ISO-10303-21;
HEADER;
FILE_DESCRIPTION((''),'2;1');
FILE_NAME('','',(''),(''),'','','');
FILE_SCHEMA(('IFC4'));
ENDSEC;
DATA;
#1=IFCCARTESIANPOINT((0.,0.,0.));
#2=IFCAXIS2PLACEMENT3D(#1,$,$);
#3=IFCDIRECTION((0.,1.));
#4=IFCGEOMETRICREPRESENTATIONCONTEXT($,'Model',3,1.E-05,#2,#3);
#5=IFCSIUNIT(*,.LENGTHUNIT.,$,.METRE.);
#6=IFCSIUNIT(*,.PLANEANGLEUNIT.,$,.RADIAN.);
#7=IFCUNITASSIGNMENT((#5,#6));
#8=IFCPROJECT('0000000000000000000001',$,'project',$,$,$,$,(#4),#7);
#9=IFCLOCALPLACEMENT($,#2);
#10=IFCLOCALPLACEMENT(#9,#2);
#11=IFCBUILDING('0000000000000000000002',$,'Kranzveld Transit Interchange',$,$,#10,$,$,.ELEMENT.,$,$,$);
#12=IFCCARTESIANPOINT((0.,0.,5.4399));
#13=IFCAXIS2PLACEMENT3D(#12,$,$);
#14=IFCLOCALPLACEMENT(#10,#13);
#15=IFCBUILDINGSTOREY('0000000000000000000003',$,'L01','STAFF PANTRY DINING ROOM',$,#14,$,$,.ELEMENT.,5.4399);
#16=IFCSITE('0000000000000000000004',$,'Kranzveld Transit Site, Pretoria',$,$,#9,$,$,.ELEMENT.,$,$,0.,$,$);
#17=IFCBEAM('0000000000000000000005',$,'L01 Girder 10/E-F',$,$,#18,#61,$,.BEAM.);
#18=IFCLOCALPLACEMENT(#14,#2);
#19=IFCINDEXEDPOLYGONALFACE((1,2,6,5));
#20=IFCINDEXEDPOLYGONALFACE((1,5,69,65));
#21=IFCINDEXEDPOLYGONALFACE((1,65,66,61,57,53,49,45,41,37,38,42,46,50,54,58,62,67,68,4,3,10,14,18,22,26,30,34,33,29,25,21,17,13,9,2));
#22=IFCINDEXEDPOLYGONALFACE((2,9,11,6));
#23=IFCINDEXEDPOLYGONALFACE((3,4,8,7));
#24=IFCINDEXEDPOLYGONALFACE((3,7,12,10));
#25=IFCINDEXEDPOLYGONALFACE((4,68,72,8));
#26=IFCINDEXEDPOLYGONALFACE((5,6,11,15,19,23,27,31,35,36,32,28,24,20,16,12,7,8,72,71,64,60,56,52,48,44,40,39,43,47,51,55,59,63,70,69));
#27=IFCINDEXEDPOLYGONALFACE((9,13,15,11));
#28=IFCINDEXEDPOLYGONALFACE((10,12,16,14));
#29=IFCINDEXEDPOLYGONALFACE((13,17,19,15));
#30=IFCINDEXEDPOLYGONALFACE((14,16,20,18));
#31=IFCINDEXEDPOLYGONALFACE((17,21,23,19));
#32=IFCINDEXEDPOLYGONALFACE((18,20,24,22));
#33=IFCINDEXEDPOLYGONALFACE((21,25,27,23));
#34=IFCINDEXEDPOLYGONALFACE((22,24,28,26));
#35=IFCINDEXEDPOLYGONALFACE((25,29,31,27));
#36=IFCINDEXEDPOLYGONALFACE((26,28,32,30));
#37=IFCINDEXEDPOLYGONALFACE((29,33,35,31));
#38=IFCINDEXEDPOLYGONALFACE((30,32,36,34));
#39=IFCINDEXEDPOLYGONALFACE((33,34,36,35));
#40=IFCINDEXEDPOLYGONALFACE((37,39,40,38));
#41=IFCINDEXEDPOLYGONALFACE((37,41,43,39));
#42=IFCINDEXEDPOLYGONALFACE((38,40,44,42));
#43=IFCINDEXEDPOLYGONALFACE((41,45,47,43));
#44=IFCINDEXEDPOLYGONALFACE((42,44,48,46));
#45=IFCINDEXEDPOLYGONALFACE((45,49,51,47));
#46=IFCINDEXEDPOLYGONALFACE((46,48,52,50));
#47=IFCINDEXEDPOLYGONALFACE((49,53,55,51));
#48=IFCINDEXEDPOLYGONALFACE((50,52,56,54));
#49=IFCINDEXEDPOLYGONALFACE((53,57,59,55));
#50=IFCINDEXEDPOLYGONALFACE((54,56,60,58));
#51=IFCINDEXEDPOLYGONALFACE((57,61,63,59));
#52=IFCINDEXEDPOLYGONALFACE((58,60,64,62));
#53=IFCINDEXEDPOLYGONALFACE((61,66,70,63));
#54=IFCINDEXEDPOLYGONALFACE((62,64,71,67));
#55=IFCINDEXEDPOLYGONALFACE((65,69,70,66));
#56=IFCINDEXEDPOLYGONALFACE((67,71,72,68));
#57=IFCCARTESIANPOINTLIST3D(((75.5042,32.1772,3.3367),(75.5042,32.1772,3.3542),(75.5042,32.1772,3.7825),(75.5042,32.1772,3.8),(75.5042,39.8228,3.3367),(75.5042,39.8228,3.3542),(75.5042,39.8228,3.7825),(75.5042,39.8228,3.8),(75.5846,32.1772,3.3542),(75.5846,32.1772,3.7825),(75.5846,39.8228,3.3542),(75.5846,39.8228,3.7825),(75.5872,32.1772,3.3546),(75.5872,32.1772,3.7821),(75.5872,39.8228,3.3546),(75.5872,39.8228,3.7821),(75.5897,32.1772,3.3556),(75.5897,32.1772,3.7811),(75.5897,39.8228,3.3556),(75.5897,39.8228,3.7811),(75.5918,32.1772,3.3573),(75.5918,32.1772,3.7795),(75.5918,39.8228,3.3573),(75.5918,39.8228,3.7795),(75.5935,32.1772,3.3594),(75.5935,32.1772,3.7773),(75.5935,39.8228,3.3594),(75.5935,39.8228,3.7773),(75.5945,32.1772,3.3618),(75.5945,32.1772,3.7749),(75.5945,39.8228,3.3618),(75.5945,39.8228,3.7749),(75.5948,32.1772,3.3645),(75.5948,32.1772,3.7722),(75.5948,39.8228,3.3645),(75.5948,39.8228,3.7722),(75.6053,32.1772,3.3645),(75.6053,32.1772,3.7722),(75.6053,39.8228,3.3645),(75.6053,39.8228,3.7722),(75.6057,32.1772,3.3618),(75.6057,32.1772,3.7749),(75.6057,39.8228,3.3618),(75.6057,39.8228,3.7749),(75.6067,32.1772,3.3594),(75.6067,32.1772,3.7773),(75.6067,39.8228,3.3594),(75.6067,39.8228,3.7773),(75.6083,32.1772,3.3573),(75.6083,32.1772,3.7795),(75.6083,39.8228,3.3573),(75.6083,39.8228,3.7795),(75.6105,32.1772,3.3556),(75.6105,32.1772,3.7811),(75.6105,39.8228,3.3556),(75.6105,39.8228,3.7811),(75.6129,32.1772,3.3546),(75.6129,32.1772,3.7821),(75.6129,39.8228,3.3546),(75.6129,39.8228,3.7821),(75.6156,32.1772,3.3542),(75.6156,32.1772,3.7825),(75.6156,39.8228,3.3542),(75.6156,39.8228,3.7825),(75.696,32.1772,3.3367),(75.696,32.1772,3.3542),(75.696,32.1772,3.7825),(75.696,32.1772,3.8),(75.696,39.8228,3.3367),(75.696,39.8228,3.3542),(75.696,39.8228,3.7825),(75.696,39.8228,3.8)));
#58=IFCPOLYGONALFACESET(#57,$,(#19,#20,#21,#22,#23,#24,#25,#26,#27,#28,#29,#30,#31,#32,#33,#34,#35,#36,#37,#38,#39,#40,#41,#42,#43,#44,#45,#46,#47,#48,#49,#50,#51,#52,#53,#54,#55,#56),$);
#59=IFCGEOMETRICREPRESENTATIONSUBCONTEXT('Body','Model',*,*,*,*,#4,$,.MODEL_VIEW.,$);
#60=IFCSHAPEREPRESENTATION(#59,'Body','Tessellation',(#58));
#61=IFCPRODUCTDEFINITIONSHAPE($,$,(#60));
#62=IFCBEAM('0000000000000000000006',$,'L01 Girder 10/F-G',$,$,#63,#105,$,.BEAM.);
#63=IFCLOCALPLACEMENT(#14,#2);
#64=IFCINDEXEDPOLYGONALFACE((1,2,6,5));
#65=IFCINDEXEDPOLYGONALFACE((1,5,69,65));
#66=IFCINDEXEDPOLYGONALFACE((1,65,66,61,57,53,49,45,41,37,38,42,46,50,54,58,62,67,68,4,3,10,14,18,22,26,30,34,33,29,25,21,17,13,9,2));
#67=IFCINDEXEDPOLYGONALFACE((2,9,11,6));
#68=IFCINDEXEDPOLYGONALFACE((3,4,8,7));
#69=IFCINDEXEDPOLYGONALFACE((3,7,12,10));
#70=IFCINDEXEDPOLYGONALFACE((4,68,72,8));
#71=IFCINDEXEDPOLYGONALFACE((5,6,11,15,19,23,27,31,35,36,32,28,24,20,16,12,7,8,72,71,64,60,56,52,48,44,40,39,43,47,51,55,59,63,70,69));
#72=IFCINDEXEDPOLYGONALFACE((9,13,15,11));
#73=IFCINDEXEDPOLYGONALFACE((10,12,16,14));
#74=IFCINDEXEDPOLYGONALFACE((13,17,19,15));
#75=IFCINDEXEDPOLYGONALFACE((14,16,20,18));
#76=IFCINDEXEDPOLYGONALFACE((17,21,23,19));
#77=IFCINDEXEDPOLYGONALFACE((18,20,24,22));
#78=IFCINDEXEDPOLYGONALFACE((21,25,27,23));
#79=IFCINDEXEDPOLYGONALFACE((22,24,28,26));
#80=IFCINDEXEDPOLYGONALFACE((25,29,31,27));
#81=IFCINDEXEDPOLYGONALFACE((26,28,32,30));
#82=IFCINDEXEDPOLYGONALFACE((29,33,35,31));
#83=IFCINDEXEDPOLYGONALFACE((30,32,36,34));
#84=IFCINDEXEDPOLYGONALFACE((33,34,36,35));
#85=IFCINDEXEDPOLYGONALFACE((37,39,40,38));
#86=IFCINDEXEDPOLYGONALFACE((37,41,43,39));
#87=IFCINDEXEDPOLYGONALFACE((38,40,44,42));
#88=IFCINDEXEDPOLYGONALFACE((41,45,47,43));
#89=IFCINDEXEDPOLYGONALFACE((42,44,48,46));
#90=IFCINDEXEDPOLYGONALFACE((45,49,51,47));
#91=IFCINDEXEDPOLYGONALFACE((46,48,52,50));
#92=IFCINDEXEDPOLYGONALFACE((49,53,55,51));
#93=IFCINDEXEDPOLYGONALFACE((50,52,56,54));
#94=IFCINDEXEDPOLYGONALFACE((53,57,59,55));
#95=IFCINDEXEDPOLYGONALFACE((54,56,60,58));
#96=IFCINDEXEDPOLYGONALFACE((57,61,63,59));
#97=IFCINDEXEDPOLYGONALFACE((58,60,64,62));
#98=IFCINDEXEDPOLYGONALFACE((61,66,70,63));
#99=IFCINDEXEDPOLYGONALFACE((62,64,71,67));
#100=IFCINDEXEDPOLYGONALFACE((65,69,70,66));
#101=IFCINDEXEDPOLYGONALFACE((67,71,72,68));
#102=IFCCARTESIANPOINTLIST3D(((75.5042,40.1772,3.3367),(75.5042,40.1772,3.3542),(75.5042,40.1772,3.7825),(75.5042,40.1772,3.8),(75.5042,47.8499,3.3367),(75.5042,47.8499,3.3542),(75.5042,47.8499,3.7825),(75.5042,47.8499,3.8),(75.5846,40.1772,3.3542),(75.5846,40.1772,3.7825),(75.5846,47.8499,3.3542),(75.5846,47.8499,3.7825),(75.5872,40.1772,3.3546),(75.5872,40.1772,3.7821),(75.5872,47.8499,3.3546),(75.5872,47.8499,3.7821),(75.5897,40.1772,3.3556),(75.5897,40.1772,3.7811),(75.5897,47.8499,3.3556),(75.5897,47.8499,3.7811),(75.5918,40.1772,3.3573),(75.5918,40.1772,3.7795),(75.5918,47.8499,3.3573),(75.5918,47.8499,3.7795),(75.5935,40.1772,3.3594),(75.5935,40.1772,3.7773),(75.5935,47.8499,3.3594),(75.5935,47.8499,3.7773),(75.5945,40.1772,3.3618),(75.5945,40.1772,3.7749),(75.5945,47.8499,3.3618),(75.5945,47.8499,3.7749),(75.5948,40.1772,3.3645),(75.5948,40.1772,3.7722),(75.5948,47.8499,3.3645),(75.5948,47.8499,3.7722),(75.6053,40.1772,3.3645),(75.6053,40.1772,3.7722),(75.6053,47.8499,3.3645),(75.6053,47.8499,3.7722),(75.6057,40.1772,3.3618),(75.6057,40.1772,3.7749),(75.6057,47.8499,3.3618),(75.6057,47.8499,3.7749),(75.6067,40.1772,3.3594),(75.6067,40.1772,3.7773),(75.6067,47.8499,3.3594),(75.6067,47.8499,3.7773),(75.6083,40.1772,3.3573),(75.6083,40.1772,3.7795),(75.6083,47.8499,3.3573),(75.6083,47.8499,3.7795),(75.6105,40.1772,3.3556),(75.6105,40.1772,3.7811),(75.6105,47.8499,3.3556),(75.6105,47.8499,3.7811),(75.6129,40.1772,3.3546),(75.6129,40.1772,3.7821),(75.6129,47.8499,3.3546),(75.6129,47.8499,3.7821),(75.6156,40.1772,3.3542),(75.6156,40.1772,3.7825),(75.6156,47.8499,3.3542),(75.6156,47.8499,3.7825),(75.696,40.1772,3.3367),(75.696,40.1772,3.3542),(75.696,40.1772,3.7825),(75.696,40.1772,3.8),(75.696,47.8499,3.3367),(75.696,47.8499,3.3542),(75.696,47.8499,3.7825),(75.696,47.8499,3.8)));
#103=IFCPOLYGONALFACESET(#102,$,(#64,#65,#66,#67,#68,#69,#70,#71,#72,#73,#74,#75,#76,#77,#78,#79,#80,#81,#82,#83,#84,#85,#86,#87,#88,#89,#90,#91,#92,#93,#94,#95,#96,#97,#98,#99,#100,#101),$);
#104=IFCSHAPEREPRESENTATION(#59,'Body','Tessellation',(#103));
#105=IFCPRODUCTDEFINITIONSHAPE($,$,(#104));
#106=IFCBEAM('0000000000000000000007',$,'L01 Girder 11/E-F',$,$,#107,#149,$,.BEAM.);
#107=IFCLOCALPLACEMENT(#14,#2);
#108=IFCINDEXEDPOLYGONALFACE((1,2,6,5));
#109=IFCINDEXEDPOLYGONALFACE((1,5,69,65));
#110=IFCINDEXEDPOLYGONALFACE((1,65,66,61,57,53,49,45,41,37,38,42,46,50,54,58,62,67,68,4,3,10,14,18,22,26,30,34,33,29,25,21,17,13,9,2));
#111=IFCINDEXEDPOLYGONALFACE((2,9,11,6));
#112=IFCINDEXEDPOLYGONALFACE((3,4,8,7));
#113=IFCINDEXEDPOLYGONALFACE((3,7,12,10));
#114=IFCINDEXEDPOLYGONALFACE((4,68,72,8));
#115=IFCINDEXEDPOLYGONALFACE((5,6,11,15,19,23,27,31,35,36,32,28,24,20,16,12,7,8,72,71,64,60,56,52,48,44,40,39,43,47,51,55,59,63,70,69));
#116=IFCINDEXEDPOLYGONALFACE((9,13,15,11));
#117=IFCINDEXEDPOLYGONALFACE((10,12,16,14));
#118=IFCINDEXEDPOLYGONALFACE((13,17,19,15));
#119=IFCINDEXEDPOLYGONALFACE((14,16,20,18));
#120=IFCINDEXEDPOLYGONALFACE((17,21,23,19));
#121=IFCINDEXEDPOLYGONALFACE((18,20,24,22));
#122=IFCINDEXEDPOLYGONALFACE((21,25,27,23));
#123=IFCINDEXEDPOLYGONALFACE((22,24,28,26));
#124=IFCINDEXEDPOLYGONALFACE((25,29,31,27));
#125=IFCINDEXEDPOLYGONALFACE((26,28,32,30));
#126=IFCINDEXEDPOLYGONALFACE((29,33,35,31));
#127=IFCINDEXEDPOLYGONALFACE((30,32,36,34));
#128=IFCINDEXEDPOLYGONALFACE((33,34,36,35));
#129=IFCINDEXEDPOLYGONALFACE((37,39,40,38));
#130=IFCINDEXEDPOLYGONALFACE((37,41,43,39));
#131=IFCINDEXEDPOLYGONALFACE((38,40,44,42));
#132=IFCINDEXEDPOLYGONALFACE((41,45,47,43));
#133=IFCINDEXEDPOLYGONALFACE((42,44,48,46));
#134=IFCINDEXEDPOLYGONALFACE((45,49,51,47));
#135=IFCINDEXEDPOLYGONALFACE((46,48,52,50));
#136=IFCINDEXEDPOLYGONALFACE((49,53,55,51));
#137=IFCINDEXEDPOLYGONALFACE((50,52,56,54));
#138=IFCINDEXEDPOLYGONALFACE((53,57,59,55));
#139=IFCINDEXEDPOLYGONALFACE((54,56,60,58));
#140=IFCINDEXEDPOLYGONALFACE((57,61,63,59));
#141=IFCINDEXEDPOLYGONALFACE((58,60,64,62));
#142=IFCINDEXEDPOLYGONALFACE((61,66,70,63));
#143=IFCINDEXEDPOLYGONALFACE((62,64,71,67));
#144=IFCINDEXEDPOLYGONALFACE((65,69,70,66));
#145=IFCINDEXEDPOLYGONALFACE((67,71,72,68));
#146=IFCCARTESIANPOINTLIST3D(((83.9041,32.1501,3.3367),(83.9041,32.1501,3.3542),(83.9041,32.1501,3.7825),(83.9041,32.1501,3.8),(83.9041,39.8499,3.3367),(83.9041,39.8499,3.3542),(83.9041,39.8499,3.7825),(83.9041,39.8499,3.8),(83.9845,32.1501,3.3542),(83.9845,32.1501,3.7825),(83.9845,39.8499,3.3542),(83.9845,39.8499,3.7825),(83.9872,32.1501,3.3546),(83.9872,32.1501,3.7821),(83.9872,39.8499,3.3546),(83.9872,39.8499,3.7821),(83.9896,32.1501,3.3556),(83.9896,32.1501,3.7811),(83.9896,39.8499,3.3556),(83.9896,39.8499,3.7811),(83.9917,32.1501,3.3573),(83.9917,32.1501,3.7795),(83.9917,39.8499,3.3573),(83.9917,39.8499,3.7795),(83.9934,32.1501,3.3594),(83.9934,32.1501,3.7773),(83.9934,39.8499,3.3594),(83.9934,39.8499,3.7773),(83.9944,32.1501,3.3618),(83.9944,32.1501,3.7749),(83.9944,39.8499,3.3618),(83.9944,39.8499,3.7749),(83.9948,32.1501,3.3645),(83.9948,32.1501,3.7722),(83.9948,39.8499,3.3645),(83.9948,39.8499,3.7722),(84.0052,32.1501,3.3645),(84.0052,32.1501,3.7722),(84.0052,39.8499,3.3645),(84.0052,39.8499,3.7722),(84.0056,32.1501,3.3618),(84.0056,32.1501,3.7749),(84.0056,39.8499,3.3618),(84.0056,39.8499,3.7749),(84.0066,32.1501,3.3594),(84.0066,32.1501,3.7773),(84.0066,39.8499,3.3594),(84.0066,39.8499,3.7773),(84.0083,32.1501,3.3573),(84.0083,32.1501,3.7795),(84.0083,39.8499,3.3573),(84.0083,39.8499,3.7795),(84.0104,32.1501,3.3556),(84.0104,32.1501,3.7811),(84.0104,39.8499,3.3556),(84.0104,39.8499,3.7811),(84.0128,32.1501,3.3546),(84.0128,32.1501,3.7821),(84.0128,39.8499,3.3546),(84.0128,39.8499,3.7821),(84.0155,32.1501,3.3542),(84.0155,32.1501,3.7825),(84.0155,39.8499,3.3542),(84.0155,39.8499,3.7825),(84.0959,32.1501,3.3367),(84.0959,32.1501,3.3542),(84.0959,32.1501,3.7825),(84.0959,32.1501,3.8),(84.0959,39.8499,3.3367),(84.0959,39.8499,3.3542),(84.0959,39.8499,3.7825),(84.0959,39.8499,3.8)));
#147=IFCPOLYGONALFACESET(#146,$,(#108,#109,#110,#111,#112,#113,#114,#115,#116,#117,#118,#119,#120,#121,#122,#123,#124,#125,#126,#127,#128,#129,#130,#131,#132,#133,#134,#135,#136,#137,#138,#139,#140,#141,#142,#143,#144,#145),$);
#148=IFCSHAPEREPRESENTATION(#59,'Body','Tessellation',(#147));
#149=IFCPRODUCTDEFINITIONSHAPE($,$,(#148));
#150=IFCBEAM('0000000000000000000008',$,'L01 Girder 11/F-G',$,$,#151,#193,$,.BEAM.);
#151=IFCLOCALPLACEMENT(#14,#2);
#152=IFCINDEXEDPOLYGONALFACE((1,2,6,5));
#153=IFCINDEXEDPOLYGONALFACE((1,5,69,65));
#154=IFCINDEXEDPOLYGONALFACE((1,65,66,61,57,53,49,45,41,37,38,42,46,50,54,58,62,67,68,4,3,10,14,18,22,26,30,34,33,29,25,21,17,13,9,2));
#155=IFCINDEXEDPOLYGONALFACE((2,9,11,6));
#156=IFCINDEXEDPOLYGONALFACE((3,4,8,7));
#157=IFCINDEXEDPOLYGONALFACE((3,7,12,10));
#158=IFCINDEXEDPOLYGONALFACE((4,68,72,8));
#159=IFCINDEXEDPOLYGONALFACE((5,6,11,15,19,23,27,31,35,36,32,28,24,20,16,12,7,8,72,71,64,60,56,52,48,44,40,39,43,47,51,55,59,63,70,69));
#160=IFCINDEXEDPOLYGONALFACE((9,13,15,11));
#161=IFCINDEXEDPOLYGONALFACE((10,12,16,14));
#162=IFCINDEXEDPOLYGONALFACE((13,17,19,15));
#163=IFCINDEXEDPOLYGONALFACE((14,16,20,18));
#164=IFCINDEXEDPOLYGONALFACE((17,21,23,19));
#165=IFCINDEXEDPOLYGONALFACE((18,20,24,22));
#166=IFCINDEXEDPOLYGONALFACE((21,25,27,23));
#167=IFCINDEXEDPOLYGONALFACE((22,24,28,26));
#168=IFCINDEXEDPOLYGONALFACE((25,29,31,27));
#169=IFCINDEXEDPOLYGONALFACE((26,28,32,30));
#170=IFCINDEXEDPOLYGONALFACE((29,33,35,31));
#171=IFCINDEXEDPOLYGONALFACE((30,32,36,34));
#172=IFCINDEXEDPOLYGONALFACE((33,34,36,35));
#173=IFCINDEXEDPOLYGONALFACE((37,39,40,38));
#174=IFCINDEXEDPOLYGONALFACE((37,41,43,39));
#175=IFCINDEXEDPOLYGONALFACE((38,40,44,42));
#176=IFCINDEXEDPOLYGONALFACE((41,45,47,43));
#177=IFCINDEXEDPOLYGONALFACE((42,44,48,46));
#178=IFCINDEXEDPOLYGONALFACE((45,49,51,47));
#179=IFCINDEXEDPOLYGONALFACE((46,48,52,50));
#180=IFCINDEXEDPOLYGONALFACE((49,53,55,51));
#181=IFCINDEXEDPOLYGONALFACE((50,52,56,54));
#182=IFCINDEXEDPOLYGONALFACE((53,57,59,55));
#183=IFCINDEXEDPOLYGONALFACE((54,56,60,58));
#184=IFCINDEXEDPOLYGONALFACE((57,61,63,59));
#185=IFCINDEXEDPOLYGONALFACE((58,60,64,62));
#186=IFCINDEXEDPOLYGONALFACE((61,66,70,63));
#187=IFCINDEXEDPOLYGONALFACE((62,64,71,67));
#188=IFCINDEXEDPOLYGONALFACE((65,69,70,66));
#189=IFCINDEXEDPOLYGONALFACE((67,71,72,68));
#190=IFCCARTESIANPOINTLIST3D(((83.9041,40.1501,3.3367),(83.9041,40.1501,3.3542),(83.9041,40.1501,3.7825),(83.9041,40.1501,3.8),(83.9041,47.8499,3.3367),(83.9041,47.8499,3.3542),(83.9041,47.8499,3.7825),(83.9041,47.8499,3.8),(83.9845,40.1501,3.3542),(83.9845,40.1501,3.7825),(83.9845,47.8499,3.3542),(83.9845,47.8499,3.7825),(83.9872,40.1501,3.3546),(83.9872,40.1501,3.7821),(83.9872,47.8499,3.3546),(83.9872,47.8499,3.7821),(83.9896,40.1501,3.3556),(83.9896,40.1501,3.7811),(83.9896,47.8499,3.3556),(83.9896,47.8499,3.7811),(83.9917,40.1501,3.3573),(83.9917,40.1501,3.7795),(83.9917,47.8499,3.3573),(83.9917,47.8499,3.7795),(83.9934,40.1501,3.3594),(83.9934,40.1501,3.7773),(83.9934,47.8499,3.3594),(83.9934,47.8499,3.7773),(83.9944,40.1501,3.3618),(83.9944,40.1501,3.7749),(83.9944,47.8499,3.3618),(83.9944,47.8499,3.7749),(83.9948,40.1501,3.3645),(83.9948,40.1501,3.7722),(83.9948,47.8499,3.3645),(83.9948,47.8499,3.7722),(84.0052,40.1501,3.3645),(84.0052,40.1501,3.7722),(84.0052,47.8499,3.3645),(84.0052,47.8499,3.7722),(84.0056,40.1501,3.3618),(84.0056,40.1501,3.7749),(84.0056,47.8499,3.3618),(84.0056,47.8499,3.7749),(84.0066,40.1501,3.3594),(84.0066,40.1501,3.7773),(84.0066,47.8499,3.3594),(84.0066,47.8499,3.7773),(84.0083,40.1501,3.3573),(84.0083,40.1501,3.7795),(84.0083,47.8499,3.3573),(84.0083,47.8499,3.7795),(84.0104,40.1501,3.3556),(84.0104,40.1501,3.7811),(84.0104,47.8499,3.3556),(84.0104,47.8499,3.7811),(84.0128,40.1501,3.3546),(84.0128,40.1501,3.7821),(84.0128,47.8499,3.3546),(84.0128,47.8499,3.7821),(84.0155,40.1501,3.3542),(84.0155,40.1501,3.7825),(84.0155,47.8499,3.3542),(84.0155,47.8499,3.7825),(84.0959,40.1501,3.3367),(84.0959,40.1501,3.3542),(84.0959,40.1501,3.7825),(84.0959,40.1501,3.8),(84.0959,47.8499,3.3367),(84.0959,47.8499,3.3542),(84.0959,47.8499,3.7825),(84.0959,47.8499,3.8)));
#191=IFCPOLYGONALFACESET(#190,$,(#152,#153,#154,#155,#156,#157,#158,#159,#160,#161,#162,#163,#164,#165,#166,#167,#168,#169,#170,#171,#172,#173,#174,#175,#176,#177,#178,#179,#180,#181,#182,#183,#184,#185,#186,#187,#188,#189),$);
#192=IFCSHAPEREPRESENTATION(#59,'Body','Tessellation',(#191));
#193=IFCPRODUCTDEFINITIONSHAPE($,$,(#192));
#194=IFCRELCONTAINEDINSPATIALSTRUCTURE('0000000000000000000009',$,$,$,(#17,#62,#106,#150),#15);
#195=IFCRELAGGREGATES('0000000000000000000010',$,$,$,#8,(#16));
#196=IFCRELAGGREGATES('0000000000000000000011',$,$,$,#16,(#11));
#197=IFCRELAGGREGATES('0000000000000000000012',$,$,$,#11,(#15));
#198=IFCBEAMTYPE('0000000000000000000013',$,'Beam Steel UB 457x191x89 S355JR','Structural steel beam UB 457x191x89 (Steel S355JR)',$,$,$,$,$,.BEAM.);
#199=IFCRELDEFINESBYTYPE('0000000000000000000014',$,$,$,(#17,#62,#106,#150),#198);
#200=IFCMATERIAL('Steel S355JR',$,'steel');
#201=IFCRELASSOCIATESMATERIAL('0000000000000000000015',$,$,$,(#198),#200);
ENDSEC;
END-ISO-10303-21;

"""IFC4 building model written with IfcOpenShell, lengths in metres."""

from ifc_helpers import new_model, si_unit, direction, frame, origin, origin_2d, place, context, subcontext, project, spatial, i_section, extrude, material, material_profile, profile_set, type_object, element, save


model = new_model("IFC4")

# Units and contexts
model_context = context("Model", 3, precision=1e-05, world=origin(), true_north=direction((0.0, 1.0)))
body_context = subcontext(model_context, "Body", "Model", "MODEL_VIEW")
ifc_project = project(units=[si_unit("LENGTHUNIT", "METRE"), si_unit("PLANEANGLEUNIT", "RADIAN")], contexts=[model_context])

# Site, building, storey
site_placement = place(None, origin())
site = spatial("IfcSite", under=ifc_project, at=site_placement, Name="Kranzveld Transit Site, Pretoria", CompositionType="ELEMENT", RefElevation=0.0)
building_placement = place(site_placement, origin())
building = spatial("IfcBuilding", under=site, at=building_placement, Name="Kranzveld Transit Interchange", CompositionType="ELEMENT")
storey_placement = place(building_placement, frame((0.0, 0.0, 5.4399)))
storey = spatial("IfcBuildingStorey", under=building, at=storey_placement, Name="L01", Description="STAFF PANTRY DINING ROOM", CompositionType="ELEMENT", Elevation=5.4399)

# Beams
ifc_material_1 = material(Name="Steel S355JR", Category="steel")
ifc_material_profile_1 = material_profile(ifc_material_1, i_section(OverallWidth=0.1919, OverallDepth=0.4634, WebThickness=0.0105, FlangeThickness=0.0176, FilletRadius=0.0103, at=origin_2d()), Name="UB 457x191x89")
ifc_profile_set_1 = profile_set([ifc_material_profile_1], Name="Steel S355JR")
beam_type_1 = type_object("IfcBeamType", Name="Beam Steel UB 457x191x89 S355JR", Description="Structural steel beam UB 457x191x89 (Steel S355JR)", PredefinedType="BEAM", material=ifc_profile_set_1)
beam_1_placement = place(storey_placement, frame((75.6001, 32.1772, 3.5684), z_axis=(0.0, 1.0, 0.0), x_axis=(-1.0, 0.0, 0.0)))
element("IfcBeam", 1, at=beam_1_placement, inside=storey, type_object=beam_type_1, Name="L01 Girder 10/E-F", PredefinedType="BEAM", context=body_context, shape_type="SweptSolid", body=[
    extrude(i_section(OverallWidth=0.1919, OverallDepth=0.4634, WebThickness=0.0105, FlangeThickness=0.0176, FilletRadius=0.0103, at=origin_2d()), origin(), (0.0, 0.0, 1.0), 7.6455),
])
beam_2_placement = place(storey_placement, frame((75.6001, 40.1772, 3.5684), z_axis=(0.0, 1.0, 0.0), x_axis=(-1.0, 0.0, 0.0)))
element("IfcBeam", 2, at=beam_2_placement, inside=storey, type_object=beam_type_1, Name="L01 Girder 10/F-G", PredefinedType="BEAM", context=body_context, shape_type="SweptSolid", body=[
    extrude(i_section(OverallWidth=0.1919, OverallDepth=0.4634, WebThickness=0.0105, FlangeThickness=0.0176, FilletRadius=0.0103, at=origin_2d()), origin(), (0.0, 0.0, 1.0), 7.6726),
])
for number, where, z_axis, x_axis, name in (
    (3, (84.0, 32.1501, 3.5684), (0.0, 1.0, 0.0), (-1.0, 0.0, 0.0), "L01 Girder 11/E-F"),
    (4, (84.0, 40.1501, 3.5684), (0.0, 1.0, 0.0), (-1.0, 0.0, 0.0), "L01 Girder 11/F-G"),
):
    element("IfcBeam", number, at=place(storey_placement, frame(where, z_axis=z_axis, x_axis=x_axis)), inside=storey, type_object=beam_type_1, Name=name, PredefinedType="BEAM", context=body_context, shape_type="SweptSolid", body=[
        extrude(i_section(OverallWidth=0.1919, OverallDepth=0.4634, WebThickness=0.0105, FlangeThickness=0.0176, FilletRadius=0.0103, at=origin_2d()), origin(), (0.0, 0.0, 1.0), 7.6997),
    ])

save(model, "model.ifc")
